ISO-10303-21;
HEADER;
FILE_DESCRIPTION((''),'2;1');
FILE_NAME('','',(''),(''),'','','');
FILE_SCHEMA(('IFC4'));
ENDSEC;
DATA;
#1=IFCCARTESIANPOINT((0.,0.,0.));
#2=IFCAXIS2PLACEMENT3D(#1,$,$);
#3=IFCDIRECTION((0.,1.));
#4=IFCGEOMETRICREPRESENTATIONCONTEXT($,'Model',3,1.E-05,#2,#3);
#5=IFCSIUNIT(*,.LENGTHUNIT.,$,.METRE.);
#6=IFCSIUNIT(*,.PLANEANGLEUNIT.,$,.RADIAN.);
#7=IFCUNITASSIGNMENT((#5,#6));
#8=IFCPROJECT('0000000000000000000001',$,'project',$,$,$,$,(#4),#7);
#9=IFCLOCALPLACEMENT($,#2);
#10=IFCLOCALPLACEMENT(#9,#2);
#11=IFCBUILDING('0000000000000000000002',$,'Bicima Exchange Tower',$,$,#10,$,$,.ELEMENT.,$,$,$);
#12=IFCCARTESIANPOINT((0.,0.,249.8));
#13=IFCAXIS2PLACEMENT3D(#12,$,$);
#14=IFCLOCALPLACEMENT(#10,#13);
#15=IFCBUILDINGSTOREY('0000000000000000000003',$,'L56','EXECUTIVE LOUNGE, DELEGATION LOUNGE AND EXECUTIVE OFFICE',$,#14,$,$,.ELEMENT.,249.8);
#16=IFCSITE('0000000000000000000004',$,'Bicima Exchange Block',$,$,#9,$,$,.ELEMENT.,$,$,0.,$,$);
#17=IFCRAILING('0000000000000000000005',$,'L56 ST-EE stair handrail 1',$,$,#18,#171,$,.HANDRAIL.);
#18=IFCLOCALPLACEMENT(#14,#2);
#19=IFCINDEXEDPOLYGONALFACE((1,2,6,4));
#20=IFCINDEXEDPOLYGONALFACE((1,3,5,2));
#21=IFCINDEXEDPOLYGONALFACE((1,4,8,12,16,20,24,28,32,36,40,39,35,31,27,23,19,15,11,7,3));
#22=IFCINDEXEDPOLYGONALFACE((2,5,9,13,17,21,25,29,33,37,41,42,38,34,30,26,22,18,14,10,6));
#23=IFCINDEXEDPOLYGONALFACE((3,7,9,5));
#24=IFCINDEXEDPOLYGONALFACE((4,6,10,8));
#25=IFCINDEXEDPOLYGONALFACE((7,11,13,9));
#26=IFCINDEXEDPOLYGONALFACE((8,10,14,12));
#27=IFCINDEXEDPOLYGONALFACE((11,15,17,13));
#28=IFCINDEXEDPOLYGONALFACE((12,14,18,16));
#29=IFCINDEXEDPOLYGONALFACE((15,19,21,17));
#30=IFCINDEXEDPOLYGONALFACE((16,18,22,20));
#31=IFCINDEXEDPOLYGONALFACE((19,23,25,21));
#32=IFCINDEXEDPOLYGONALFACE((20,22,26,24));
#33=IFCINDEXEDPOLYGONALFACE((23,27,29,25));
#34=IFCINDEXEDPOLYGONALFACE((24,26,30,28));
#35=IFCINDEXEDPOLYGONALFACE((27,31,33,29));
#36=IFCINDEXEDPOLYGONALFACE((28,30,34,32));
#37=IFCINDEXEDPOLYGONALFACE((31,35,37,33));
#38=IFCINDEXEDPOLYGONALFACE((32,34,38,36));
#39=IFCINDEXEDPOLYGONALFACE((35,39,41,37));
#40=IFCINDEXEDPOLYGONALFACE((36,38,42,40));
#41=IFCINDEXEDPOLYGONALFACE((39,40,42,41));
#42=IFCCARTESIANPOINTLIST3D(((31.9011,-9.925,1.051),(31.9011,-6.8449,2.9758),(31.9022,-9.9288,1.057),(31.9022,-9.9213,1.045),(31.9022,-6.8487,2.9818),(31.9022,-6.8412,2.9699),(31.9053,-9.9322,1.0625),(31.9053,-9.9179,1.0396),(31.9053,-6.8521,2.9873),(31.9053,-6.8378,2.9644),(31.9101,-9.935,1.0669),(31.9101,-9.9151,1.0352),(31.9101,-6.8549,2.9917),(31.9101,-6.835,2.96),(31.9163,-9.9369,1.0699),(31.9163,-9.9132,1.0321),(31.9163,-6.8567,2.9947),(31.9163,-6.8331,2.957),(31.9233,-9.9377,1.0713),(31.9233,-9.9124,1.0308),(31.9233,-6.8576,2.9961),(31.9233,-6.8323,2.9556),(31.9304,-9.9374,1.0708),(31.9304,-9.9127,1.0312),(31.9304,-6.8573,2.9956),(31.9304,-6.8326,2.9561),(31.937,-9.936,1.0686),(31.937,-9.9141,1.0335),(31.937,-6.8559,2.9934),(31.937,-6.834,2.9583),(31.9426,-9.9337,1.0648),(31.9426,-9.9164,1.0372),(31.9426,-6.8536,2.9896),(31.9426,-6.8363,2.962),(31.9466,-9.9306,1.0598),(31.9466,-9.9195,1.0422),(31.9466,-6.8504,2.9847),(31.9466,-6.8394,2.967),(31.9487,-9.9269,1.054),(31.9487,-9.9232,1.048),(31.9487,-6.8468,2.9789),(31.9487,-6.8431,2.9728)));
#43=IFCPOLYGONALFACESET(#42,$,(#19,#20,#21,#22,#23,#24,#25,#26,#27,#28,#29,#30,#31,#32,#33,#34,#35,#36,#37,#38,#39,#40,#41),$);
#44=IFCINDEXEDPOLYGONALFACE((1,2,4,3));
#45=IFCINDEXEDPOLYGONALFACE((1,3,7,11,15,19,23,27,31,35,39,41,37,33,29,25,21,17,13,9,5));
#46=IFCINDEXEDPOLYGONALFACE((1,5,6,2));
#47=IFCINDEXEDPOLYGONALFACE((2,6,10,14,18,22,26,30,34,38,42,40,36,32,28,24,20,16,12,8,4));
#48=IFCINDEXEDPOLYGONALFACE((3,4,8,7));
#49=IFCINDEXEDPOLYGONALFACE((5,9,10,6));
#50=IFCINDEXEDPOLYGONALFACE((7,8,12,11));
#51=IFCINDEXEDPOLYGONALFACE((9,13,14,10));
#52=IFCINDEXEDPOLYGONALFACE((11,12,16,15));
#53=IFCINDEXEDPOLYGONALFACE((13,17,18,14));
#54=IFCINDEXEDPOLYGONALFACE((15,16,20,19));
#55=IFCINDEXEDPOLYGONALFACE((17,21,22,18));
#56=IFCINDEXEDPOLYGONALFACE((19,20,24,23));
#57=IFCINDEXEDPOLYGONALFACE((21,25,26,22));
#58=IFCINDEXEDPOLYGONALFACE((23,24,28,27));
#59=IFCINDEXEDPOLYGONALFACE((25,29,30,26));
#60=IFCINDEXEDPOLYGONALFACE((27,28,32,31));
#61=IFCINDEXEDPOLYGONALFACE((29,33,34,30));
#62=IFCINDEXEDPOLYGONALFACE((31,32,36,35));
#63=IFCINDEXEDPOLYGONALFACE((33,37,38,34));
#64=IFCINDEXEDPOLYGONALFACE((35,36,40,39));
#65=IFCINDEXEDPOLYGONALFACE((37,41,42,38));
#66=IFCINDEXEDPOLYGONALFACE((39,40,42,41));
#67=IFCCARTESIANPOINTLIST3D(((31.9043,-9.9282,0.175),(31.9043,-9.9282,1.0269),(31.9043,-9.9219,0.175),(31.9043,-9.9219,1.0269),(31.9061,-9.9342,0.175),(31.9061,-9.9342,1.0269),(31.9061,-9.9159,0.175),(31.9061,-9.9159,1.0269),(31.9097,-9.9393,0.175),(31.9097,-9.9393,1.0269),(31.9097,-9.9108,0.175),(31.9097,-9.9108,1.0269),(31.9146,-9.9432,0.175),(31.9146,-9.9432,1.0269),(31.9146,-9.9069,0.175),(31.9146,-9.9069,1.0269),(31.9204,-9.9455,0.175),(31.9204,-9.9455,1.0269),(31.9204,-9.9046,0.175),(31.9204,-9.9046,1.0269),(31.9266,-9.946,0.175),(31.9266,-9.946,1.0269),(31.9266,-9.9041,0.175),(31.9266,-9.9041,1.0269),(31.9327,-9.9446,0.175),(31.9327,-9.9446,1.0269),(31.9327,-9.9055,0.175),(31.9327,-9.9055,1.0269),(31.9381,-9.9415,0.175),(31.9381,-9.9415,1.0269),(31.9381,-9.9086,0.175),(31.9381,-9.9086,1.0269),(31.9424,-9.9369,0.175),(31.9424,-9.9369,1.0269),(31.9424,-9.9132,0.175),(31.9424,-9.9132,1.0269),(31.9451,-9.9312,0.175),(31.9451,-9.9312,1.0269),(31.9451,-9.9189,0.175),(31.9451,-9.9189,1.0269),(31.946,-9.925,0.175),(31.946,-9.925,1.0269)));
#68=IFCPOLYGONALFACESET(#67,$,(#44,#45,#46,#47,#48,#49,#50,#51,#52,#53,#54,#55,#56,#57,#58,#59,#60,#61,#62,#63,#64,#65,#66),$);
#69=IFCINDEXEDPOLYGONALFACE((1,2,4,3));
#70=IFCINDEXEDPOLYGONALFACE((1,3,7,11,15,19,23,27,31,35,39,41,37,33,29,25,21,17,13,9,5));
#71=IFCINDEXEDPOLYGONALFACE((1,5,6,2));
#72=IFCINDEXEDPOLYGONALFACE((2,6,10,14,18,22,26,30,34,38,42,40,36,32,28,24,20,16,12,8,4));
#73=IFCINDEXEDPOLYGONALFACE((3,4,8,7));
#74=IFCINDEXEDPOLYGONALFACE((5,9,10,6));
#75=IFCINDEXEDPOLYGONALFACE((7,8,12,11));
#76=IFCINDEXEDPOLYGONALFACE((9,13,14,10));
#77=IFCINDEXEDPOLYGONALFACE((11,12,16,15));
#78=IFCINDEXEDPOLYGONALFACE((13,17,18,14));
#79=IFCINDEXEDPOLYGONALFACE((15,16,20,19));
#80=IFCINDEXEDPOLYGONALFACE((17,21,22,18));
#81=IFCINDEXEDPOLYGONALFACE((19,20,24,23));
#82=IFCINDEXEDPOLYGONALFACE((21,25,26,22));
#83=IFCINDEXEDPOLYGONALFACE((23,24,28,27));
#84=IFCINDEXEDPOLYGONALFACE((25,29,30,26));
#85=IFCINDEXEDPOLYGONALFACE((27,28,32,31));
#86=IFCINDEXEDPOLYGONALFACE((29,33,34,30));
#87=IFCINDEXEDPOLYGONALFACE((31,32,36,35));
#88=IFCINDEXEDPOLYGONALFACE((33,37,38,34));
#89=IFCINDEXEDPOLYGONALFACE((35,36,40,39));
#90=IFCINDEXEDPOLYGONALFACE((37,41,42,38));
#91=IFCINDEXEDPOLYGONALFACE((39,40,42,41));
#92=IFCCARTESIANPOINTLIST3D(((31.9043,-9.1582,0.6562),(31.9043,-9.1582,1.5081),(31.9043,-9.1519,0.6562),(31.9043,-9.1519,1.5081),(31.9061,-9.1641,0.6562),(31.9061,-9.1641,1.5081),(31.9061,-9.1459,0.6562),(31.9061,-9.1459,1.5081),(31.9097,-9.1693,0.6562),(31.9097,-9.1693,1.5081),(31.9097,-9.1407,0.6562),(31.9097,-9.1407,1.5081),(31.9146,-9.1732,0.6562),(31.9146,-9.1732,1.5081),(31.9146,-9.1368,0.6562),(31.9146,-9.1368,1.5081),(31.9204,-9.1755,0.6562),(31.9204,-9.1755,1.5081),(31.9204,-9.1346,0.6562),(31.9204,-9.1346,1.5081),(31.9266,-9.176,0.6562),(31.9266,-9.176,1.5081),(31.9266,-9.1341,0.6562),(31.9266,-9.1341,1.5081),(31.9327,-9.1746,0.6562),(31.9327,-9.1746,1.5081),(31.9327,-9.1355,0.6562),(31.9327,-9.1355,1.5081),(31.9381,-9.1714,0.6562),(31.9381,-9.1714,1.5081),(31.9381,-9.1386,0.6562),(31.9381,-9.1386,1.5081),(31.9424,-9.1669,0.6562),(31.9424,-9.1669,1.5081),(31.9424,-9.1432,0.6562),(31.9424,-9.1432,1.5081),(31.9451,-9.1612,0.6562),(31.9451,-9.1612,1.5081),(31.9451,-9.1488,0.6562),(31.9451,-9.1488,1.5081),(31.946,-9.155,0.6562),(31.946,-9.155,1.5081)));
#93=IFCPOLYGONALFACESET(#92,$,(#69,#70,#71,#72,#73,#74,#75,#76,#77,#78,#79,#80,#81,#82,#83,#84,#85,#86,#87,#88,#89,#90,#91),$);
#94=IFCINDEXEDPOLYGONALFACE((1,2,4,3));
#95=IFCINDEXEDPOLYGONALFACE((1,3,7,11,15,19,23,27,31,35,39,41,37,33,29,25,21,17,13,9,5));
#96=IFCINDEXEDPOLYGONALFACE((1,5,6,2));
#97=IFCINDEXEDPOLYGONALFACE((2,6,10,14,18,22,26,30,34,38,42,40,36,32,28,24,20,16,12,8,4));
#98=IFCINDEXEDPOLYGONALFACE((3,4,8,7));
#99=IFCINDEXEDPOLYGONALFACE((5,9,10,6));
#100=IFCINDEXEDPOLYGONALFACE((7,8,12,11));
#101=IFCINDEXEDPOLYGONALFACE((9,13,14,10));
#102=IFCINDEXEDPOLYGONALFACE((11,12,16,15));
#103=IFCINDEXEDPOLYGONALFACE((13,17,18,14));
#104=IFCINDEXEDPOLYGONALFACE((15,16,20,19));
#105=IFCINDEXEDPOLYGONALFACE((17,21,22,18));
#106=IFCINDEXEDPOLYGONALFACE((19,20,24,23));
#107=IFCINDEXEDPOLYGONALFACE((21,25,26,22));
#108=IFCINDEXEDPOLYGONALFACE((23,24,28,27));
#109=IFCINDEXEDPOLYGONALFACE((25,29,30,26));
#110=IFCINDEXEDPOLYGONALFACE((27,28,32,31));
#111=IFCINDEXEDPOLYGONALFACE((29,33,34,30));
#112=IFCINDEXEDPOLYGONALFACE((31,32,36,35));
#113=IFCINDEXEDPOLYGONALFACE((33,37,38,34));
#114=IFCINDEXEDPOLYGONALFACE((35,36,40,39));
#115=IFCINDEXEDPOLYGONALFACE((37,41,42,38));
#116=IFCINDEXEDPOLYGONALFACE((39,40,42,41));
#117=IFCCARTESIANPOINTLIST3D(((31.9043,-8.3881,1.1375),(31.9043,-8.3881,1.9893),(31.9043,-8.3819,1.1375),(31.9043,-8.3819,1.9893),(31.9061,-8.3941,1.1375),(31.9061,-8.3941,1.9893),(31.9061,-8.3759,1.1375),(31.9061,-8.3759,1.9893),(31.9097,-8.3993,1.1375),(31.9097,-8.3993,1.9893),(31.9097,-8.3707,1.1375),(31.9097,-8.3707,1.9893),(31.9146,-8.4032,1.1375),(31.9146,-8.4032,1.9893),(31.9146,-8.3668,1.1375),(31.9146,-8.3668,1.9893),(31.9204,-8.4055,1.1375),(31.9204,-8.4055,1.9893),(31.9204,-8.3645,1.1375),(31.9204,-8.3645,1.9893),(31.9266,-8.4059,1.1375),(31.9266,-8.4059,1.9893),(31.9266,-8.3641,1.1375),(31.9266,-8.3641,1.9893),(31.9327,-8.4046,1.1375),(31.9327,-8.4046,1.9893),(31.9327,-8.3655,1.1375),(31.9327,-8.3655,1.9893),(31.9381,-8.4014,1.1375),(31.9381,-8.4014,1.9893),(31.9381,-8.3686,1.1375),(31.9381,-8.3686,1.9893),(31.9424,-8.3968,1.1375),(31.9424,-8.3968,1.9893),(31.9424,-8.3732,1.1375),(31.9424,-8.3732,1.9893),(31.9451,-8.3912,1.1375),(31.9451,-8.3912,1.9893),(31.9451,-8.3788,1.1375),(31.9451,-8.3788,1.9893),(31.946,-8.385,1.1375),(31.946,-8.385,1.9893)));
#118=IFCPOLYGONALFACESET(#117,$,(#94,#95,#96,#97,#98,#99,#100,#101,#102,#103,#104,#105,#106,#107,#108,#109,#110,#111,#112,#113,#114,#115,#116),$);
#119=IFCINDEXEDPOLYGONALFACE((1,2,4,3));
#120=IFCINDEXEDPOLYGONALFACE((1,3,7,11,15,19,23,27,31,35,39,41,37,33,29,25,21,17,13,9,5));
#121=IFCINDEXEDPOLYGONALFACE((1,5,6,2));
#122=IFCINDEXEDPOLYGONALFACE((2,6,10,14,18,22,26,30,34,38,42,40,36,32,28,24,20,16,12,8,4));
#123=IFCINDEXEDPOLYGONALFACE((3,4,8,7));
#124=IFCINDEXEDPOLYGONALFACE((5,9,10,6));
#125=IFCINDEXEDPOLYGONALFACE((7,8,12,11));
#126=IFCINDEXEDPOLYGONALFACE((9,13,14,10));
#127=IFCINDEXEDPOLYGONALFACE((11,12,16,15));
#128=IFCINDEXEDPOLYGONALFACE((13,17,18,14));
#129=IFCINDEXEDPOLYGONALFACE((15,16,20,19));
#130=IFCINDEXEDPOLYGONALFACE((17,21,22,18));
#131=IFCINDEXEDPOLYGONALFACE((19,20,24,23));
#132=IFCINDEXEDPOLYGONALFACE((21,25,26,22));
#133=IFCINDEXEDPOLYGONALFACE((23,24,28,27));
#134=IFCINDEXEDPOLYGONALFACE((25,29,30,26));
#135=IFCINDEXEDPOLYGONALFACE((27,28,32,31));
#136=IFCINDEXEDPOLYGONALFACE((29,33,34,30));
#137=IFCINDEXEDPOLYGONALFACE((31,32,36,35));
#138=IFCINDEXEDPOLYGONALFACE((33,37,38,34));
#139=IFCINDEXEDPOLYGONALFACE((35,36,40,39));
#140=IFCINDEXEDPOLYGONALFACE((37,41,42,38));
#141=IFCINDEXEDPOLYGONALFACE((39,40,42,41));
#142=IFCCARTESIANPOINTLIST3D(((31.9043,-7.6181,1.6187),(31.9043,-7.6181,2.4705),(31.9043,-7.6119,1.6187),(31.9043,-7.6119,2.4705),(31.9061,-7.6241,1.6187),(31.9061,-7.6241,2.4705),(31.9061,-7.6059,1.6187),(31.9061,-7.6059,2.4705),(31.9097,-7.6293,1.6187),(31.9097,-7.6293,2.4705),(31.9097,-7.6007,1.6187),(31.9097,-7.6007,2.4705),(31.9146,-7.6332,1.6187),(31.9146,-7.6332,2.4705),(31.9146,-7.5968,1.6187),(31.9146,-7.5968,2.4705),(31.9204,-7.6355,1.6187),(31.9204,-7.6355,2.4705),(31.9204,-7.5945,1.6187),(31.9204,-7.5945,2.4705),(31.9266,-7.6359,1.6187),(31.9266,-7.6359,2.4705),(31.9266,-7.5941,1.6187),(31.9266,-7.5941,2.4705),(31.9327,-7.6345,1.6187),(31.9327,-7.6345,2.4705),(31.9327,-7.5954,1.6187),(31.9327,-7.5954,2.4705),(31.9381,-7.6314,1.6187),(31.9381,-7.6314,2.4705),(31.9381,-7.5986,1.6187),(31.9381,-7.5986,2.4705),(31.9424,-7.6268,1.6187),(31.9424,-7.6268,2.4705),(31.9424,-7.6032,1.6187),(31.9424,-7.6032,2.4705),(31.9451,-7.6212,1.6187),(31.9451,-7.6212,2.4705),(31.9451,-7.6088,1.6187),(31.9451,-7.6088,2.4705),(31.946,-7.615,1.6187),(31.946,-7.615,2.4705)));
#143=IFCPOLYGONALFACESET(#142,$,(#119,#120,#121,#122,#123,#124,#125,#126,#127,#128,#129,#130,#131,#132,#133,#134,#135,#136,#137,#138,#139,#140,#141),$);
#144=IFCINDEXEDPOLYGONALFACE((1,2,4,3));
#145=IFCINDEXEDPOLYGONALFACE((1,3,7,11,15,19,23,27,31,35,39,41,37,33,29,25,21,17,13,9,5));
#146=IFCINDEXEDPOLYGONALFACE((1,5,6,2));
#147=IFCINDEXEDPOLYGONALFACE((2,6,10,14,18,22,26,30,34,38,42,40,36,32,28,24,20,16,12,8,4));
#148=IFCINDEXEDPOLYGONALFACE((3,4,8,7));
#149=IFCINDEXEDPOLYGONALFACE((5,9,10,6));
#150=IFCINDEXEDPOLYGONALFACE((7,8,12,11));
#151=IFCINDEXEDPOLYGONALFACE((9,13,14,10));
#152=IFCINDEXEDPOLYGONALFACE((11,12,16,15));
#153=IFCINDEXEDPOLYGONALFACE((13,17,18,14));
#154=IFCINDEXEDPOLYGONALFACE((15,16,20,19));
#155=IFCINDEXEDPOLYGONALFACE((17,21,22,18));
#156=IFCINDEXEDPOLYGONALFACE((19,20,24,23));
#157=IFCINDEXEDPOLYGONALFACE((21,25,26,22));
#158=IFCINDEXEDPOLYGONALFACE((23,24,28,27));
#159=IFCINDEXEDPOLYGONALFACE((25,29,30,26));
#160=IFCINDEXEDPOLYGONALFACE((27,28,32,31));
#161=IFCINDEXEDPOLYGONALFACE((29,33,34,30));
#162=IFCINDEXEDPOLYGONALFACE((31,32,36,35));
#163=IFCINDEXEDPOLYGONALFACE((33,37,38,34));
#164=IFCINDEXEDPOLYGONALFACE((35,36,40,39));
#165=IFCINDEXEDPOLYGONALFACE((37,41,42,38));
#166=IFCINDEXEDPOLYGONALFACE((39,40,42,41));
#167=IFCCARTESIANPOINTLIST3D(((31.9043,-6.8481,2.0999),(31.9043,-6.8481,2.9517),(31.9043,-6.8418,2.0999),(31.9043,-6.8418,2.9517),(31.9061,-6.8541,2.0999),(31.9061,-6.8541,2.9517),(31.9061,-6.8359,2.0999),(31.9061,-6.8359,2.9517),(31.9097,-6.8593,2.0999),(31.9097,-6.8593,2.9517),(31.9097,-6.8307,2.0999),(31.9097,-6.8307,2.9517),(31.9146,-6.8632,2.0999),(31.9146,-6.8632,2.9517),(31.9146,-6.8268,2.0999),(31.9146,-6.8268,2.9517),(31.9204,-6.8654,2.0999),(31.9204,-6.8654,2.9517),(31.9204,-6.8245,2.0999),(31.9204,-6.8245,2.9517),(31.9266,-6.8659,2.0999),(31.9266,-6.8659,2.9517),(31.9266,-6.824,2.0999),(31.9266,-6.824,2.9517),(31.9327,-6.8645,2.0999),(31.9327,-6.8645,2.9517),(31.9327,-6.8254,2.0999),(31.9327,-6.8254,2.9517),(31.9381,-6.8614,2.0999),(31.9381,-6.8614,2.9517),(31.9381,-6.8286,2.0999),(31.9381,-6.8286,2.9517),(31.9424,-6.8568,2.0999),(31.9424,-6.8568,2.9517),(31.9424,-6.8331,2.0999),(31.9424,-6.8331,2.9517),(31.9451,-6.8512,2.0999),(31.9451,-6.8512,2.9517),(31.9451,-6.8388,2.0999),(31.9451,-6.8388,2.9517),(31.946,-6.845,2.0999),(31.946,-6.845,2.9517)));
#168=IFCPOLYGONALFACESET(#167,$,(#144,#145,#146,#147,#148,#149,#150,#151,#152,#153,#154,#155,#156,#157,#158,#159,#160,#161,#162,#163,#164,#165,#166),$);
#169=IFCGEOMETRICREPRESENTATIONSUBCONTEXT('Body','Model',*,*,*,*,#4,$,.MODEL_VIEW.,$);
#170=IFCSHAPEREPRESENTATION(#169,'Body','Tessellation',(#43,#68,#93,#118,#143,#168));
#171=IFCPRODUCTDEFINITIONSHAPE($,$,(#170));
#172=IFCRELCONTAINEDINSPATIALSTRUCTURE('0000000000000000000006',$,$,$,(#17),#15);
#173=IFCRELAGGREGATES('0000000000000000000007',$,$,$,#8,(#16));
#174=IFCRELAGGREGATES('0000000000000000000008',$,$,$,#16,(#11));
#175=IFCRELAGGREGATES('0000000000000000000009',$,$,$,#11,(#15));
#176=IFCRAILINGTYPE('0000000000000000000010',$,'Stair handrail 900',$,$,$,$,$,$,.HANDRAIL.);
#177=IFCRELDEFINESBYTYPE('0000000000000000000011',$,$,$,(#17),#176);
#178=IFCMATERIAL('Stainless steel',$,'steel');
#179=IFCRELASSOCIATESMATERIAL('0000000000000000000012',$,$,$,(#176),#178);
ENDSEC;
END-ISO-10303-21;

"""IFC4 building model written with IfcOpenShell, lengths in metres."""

from ifc_helpers import new_model, si_unit, direction, frame, origin, origin_2d, place, context, subcontext, project, spatial, circle, extrude, material, type_object, element, save


model = new_model("IFC4")

# Units and contexts
model_context = context("Model", 3, precision=1e-05, world=origin(), true_north=direction((0.0, 1.0)))
body_context = subcontext(model_context, "Body", "Model", "MODEL_VIEW")
ifc_project = project(units=[si_unit("LENGTHUNIT", "METRE"), si_unit("PLANEANGLEUNIT", "RADIAN")], contexts=[model_context])

# Site, building, storey
site_placement = place(None, origin())
site = spatial("IfcSite", under=ifc_project, at=site_placement, Name="Bicima Exchange Block", CompositionType="ELEMENT", RefElevation=0.0)
building_placement = place(site_placement, origin())
building = spatial("IfcBuilding", under=site, at=building_placement, Name="Bicima Exchange Tower", CompositionType="ELEMENT")
storey_placement = place(building_placement, frame((0.0, 0.0, 249.8)))
storey = spatial("IfcBuildingStorey", under=building, at=storey_placement, Name="L56", Description="EXECUTIVE LOUNGE, DELEGATION LOUNGE AND EXECUTIVE OFFICE", CompositionType="ELEMENT", Elevation=249.8)

# Railing
ifc_material_1 = material(Name="Stainless steel", Category="steel")
railing_type_1 = type_object("IfcRailingType", Name="Stair handrail 900", PredefinedType="HANDRAIL", material=ifc_material_1)
railing_1_placement = place(storey_placement, frame((31.925, -9.925, 0.175)))
element("IfcRailing", 1, at=railing_1_placement, inside=storey, type_object=railing_type_1, Name="L56 ST-EE stair handrail 1", PredefinedType="HANDRAIL", context=body_context, shape_type="SweptSolid", body=[
    extrude(circle(Radius=0.0239, at=origin_2d()), frame((0.0, 0.0, 0.876), z_axis=(0.0, 0.848029, 0.529951), x_axis=(-1.0, 0.0, 0.0)), (0.0, 0.0, 1.0), 3.6321),
    extrude(circle(Radius=0.021, at=origin_2d()), origin(), (0.0, 0.0, 1.0), 0.8518),
    extrude(circle(Radius=0.021, at=origin_2d()), frame((0.0, 0.77, 0.4812)), (0.0, 0.0, 1.0), 0.8518),
    extrude(circle(Radius=0.021, at=origin_2d()), frame((0.0, 1.54, 0.9624)), (0.0, 0.0, 1.0), 0.8518),
    extrude(circle(Radius=0.021, at=origin_2d()), frame((0.0, 2.3101, 1.4436)), (0.0, 0.0, 1.0), 0.8518),
    extrude(circle(Radius=0.021, at=origin_2d()), frame((0.0, 3.0801, 1.9248)), (0.0, 0.0, 1.0), 0.8518),
])

save(model, "model.ifc")
